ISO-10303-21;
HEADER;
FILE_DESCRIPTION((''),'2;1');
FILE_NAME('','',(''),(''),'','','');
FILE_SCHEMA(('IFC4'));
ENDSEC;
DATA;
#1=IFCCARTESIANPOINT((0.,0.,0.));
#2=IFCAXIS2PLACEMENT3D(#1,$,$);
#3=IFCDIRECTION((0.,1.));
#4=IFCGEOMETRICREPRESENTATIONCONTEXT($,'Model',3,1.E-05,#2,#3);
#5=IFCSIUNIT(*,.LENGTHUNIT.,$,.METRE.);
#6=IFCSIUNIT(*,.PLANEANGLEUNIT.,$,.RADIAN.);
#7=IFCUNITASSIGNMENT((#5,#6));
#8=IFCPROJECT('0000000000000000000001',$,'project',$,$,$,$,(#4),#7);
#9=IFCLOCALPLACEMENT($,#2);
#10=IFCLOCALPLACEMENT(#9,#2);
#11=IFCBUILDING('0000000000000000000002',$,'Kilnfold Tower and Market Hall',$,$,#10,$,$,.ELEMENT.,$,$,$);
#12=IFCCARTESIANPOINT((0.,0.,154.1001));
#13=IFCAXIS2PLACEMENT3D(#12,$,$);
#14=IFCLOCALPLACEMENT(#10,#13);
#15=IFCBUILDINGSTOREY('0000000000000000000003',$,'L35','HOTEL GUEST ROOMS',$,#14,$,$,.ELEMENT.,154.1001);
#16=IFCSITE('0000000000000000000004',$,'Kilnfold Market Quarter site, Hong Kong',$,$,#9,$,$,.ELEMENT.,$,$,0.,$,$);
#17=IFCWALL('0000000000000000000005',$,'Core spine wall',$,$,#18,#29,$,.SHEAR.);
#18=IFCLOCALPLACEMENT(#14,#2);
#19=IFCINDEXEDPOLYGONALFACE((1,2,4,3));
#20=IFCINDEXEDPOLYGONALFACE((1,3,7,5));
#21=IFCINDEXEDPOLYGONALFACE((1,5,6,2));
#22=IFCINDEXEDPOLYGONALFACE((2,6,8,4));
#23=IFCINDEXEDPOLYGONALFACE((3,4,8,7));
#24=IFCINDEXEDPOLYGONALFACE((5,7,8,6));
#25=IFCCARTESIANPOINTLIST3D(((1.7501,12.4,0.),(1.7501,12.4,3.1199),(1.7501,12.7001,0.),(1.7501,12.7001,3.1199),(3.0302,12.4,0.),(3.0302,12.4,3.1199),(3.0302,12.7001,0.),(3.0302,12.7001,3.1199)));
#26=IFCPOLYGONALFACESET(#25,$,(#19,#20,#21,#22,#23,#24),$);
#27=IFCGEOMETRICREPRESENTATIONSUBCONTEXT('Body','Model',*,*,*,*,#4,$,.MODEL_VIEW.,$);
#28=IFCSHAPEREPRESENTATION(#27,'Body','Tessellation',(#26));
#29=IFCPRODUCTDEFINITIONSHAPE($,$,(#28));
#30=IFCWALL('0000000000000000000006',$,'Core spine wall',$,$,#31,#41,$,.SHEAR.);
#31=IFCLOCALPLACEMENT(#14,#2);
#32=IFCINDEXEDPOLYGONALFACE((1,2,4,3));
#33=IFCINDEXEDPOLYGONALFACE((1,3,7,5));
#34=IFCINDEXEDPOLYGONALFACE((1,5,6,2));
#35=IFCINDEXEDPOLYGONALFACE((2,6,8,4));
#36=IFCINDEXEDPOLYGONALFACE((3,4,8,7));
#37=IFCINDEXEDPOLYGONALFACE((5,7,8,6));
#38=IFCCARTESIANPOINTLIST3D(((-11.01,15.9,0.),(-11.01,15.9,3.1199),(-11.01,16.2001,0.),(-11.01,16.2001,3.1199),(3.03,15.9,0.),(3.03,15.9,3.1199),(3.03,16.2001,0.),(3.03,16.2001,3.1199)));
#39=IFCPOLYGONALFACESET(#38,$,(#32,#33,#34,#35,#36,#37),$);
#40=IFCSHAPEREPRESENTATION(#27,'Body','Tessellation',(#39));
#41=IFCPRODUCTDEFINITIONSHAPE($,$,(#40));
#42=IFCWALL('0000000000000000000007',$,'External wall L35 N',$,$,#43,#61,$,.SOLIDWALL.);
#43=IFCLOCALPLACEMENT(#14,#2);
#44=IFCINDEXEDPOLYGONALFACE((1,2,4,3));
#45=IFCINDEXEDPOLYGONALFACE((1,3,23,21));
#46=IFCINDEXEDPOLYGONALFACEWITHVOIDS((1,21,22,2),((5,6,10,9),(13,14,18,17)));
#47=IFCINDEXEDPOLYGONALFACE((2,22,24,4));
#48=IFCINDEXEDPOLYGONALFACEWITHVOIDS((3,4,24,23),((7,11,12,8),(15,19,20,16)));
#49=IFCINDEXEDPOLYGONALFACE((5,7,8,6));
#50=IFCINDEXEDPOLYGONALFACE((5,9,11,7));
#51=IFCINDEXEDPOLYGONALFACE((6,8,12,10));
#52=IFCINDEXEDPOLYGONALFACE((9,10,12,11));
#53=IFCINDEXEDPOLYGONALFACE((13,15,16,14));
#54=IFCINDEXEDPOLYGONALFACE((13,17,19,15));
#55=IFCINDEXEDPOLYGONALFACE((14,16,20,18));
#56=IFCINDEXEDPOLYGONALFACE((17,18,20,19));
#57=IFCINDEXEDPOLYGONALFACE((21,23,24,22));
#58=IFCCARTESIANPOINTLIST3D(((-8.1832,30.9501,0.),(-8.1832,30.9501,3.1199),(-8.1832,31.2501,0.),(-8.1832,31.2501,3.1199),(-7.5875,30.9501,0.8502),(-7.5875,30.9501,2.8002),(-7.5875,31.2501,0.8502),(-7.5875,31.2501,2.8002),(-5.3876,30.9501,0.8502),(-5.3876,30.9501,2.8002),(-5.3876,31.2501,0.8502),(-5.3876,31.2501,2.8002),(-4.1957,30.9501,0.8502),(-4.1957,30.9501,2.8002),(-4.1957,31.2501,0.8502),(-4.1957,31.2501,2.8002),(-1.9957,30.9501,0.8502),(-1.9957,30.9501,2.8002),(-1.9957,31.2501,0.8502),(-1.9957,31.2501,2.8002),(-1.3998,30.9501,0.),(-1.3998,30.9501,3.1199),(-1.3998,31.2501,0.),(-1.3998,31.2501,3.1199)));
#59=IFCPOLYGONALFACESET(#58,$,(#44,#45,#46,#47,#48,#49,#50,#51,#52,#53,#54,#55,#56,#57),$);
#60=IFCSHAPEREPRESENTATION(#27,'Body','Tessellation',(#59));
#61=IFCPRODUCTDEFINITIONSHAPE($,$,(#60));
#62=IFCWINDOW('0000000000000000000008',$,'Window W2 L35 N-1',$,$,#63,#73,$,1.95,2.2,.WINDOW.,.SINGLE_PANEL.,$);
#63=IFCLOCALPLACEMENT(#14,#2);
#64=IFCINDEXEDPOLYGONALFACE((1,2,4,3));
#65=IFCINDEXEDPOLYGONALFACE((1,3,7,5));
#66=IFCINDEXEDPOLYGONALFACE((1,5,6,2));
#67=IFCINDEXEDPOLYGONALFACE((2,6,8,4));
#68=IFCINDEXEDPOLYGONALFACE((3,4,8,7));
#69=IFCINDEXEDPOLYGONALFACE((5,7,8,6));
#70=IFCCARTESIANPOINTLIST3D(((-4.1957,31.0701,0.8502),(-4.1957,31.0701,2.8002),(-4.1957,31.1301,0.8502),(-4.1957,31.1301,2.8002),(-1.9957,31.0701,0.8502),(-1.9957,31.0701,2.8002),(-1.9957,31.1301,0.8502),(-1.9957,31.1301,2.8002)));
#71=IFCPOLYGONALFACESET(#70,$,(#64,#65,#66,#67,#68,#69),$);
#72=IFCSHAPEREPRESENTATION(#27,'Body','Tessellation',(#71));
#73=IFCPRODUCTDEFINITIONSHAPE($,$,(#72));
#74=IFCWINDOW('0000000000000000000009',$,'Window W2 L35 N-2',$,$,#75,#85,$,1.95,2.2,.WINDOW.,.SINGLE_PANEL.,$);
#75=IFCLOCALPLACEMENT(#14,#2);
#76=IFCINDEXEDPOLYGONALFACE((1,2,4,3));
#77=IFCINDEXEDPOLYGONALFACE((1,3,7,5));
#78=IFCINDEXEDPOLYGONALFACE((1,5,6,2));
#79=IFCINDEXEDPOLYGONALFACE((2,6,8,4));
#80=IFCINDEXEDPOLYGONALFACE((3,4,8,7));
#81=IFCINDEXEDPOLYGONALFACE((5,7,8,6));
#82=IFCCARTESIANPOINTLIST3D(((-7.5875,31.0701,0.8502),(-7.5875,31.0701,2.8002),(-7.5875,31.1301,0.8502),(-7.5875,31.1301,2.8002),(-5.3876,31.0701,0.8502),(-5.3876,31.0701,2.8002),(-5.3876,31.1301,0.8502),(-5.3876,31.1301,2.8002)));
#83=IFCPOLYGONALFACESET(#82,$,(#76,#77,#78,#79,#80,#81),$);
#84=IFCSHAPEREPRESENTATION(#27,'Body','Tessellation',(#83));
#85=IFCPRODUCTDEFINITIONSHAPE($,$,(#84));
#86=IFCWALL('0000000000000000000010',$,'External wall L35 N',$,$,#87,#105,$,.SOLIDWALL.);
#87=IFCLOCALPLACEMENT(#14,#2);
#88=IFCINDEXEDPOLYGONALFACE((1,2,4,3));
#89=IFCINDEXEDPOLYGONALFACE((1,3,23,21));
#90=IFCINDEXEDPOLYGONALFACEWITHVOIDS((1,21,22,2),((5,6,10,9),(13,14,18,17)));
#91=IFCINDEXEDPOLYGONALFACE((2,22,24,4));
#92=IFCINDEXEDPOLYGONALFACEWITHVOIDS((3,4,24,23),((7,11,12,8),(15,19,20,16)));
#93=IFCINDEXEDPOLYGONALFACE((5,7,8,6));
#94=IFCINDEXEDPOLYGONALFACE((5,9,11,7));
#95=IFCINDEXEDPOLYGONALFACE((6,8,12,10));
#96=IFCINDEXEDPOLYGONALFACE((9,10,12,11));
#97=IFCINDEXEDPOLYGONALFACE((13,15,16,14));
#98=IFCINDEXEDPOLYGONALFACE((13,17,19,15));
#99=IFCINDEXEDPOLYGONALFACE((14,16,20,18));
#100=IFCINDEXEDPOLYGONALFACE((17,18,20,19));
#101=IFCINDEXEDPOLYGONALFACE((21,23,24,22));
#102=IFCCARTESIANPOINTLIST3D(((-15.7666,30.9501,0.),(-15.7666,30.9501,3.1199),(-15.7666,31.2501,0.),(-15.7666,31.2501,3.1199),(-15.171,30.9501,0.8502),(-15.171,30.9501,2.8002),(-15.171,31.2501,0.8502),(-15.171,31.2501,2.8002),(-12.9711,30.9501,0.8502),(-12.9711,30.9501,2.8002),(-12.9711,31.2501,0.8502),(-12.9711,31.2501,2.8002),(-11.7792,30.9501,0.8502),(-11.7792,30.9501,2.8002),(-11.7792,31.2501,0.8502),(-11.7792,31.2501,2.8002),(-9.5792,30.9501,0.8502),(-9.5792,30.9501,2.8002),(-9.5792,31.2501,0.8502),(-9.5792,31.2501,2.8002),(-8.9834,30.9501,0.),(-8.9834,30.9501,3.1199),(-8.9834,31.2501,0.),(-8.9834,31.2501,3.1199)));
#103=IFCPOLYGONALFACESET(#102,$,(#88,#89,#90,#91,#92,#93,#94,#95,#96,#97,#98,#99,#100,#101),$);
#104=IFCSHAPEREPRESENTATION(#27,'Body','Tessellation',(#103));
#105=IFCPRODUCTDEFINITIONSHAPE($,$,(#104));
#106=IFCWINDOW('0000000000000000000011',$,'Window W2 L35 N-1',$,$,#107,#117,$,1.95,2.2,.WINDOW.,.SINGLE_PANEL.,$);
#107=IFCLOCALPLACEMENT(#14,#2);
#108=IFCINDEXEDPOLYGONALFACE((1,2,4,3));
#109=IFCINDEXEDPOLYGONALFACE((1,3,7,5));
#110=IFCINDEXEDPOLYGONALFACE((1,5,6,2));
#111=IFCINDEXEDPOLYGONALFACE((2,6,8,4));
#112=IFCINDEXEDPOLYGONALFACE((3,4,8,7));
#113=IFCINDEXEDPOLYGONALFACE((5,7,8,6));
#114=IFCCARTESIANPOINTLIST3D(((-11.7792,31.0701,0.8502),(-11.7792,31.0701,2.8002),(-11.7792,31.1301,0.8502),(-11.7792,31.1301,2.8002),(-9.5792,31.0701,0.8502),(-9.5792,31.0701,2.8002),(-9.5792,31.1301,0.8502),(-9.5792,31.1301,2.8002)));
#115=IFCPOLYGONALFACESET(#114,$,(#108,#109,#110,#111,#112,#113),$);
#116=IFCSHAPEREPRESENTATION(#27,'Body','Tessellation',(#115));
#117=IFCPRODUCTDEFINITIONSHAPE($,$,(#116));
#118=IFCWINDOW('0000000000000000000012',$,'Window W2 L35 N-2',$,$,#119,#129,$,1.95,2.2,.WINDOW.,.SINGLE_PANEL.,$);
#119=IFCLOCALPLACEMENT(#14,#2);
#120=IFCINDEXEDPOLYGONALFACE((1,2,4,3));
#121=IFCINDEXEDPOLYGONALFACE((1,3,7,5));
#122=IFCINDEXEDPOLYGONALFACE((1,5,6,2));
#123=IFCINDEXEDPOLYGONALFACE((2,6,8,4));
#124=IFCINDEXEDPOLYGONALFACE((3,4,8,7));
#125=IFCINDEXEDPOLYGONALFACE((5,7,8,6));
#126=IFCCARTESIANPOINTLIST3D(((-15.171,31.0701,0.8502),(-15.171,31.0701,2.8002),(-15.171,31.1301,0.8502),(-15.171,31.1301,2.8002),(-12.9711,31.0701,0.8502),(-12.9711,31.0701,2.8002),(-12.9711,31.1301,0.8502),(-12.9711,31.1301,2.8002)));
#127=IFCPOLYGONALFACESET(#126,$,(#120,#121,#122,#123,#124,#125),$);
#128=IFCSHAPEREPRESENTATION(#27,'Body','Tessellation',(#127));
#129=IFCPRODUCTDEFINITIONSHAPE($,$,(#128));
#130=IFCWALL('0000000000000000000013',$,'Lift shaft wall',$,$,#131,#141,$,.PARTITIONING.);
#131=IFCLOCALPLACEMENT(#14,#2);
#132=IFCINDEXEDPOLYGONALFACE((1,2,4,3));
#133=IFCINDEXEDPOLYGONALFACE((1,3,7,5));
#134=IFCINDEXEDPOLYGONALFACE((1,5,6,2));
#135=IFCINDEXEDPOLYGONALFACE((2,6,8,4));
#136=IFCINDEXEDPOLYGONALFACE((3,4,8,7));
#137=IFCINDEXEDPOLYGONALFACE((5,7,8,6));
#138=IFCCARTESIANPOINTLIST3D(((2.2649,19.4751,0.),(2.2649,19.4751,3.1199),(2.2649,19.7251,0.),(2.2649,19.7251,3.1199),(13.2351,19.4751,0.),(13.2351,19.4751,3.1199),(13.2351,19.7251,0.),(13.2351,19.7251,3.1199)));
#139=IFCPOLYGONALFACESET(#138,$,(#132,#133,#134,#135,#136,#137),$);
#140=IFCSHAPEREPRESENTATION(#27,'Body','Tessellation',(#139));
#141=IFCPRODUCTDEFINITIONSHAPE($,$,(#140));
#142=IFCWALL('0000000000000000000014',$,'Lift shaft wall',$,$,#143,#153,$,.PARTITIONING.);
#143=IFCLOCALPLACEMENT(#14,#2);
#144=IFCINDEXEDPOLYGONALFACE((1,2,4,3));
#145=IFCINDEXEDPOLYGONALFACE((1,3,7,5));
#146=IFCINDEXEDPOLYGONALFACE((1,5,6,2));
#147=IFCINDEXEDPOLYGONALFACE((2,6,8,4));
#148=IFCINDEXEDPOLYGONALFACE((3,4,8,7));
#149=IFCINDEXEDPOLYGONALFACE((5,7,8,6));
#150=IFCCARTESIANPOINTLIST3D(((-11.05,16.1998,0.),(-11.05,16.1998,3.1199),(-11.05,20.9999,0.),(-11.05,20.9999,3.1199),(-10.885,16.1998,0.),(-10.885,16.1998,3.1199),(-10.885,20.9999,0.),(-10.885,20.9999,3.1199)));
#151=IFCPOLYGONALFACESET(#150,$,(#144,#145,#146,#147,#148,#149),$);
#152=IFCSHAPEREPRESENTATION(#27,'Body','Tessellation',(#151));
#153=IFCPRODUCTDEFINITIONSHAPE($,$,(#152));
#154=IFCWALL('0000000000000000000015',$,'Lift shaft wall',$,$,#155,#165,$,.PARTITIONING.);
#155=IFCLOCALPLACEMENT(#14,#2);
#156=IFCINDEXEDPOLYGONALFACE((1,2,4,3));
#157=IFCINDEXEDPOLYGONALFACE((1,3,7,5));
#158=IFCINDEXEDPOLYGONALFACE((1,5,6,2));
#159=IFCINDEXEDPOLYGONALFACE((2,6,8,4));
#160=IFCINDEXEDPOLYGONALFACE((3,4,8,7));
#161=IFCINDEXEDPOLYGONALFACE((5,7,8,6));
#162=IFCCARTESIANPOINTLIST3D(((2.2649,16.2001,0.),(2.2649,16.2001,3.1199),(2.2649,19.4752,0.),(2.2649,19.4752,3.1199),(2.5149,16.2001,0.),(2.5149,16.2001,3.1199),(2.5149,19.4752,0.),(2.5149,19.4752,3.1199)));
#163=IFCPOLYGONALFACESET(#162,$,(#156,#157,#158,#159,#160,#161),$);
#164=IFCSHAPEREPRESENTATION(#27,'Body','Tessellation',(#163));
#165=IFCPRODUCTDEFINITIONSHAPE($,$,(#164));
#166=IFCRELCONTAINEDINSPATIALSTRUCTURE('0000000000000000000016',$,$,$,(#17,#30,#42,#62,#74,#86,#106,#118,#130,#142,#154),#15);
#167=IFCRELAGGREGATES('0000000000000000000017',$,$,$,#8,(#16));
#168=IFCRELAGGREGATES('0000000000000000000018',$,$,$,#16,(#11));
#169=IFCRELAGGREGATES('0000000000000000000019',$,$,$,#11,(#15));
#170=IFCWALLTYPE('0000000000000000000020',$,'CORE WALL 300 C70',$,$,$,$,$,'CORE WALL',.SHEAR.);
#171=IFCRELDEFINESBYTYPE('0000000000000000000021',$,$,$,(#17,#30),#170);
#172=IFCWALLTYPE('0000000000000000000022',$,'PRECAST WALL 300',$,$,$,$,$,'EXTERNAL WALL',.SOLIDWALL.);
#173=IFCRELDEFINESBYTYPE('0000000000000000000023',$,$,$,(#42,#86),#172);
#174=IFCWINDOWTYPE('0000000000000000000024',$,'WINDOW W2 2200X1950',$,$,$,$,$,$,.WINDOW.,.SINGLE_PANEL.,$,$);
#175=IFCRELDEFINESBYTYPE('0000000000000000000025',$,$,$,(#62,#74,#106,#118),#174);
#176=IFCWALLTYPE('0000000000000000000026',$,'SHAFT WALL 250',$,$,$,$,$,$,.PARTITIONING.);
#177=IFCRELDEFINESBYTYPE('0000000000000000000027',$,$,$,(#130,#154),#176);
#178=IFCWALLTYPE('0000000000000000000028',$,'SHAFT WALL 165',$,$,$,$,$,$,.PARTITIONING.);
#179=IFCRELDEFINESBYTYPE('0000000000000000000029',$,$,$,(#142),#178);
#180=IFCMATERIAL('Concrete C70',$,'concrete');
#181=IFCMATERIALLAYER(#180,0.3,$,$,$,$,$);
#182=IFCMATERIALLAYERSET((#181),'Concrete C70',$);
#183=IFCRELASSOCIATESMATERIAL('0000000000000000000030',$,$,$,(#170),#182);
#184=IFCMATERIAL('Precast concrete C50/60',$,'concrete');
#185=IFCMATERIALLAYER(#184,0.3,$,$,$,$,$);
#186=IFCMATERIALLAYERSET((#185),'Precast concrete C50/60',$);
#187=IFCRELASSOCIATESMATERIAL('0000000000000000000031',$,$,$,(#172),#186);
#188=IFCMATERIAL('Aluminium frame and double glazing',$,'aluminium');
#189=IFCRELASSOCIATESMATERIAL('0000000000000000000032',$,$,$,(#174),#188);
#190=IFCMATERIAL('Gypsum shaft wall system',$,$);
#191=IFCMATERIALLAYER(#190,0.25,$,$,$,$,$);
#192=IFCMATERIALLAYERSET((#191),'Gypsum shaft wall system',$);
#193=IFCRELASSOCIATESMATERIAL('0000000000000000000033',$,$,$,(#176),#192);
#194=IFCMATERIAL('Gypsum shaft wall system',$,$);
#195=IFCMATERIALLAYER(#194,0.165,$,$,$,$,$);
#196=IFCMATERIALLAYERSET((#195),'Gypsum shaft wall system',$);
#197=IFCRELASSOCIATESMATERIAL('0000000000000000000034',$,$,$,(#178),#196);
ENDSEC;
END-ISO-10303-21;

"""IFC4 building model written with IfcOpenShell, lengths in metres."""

from ifc_helpers import new_model, si_unit, direction, frame, frame_2d, origin, place, context, subcontext, project, spatial, rectangle, extrude, source, transform, mapped, material, layer, layer_set, type_object, element, fill, save


model = new_model("IFC4")

# Units and contexts
model_context = context("Model", 3, precision=1e-05, world=origin(), true_north=direction((0.0, 1.0)))
body_context = subcontext(model_context, "Body", "Model", "MODEL_VIEW")
ifc_project = project(units=[si_unit("LENGTHUNIT", "METRE"), si_unit("PLANEANGLEUNIT", "RADIAN")], contexts=[model_context])

# Site, building, storey
site_placement = place(None, origin())
site = spatial("IfcSite", under=ifc_project, at=site_placement, Name="Kilnfold Market Quarter site, Hong Kong", CompositionType="ELEMENT", RefElevation=0.0)
building_placement = place(site_placement, origin())
building = spatial("IfcBuilding", under=site, at=building_placement, Name="Kilnfold Tower and Market Hall", CompositionType="ELEMENT")
storey_placement = place(building_placement, frame((0.0, 0.0, 154.1001)))
storey = spatial("IfcBuildingStorey", under=building, at=storey_placement, Name="L35", Description="HOTEL GUEST ROOMS", CompositionType="ELEMENT", Elevation=154.1001)

# Walls
ifc_material_1 = material(Name="Concrete C70", Category="concrete")
ifc_layer_1 = layer(ifc_material_1, 0.3)
ifc_layer_set_1 = layer_set([ifc_layer_1], Name="Concrete C70")
wall_type_1 = type_object("IfcWallType", Name="CORE WALL 300 C70", ElementType="CORE WALL", PredefinedType="SHEAR", material=ifc_layer_set_1)
shared_shape_1 = source(origin(), body_context, "Body", "SweptSolid", [
    extrude(rectangle(XDim=1.28, YDim=0.3, at=frame_2d((0.6401, 0.0))), origin(), (0.0, 0.0, 1.0), 3.1199),
])
wall_1_placement = place(storey_placement, frame((1.75, 12.55, 0.0), z_axis=(0.0, 0.0, 1.0), x_axis=(1.0, 0.0, 0.0)))
element("IfcWall", 1, at=wall_1_placement, inside=storey, type_object=wall_type_1, Name="Core spine wall", PredefinedType="SHEAR", context=body_context, shape_type="MappedRepresentation", body=[
    mapped(shared_shape_1, transform((0.0, 0.0, 0.0))),
])
shared_shape_2 = source(origin(), body_context, "Body", "SweptSolid", [
    extrude(rectangle(XDim=14.04, YDim=0.3, at=frame_2d((7.02, 0.0))), origin(), (0.0, 0.0, 1.0), 3.1199),
])
wall_2_placement = place(storey_placement, frame((-11.01, 16.05, 0.0), z_axis=(0.0, 0.0, 1.0), x_axis=(1.0, 0.0, 0.0)))
element("IfcWall", 2, at=wall_2_placement, inside=storey, type_object=wall_type_1, Name="Core spine wall", PredefinedType="SHEAR", context=body_context, shape_type="MappedRepresentation", body=[
    mapped(shared_shape_2, transform((0.0, 0.0, 0.0))),
])

# Walls, openings, windows
ifc_material_2 = material(Name="Precast concrete C50/60", Category="concrete")
ifc_layer_2 = layer(ifc_material_2, 0.3)
ifc_layer_set_2 = layer_set([ifc_layer_2], Name="Precast concrete C50/60")
wall_type_2 = type_object("IfcWallType", Name="PRECAST WALL 300", ElementType="EXTERNAL WALL", PredefinedType="SOLIDWALL", material=ifc_layer_set_2)
shared_shape_3 = source(origin(), body_context, "Body", "SweptSolid", [
    extrude(rectangle(XDim=6.7834, YDim=0.3, at=frame_2d((3.3916, 0.0))), origin(), (0.0, 0.0, 1.0), 3.1199),
])
wall_3_placement = place(storey_placement, frame((-1.3999, 31.1001, 0.0), z_axis=(0.0, 0.0, 1.0), x_axis=(-1.0, 0.0, 0.0)))
wall_3 = element("IfcWall", 3, at=wall_3_placement, inside=storey, type_object=wall_type_2, Name="External wall L35 N", PredefinedType="SOLIDWALL", context=body_context, shape_type="MappedRepresentation", body=[
    mapped(shared_shape_3, transform((0.0, 0.0, 0.0))),
])
opening_1_placement = place(wall_3_placement, frame((0.5957, 0.0, 0.8501)))
opening_1 = element("IfcOpeningElement", 4, at=opening_1_placement, cuts=wall_3, PredefinedType="OPENING", context=body_context, shape_type="SweptSolid", body=[
    extrude(rectangle(XDim=2.2, YDim=1.95, at=frame_2d((1.1001, 0.9751))), frame((0.0, 0.1602, 0.0), z_axis=(0.0, -1.0, 0.0), x_axis=(1.0, 0.0, 0.0)), (0.0, 0.0, 1.0), 0.3201),
])
opening_2_placement = place(wall_3_placement, frame((3.9875, 0.0, 0.8501)))
opening_2 = element("IfcOpeningElement", 5, at=opening_2_placement, cuts=wall_3, PredefinedType="OPENING", context=body_context, shape_type="SweptSolid", body=[
    extrude(rectangle(XDim=2.2, YDim=1.95, at=frame_2d((1.1001, 0.9751))), frame((0.0, 0.1602, 0.0), z_axis=(0.0, -1.0, 0.0), x_axis=(1.0, 0.0, 0.0)), (0.0, 0.0, 1.0), 0.3201),
])
ifc_material_3 = material(Name="Aluminium frame and double glazing", Category="aluminium")
window_type = type_object("IfcWindowType", Name="WINDOW W2 2200X1950", PartitioningType="SINGLE_PANEL", PredefinedType="WINDOW", material=ifc_material_3)
window_1_placement = place(opening_1_placement, origin())
window_1 = element("IfcWindow", 6, at=window_1_placement, inside=storey, type_object=window_type, Name="Window W2 L35 N-1", OverallHeight=1.95, OverallWidth=2.2, PartitioningType="SINGLE_PANEL", PredefinedType="WINDOW", context=body_context, shape_type="SweptSolid", body=[
    extrude(rectangle(XDim=2.2, YDim=1.95, at=frame_2d((1.1001, 0.9751))), frame((0.0, 0.03, 0.0), z_axis=(0.0, -1.0, 0.0), x_axis=(1.0, 0.0, 0.0)), (0.0, 0.0, 1.0), 0.0601),
])
fill(opening_1, window_1)
window_2_placement = place(opening_2_placement, origin())
window_2 = element("IfcWindow", 7, at=window_2_placement, inside=storey, type_object=window_type, Name="Window W2 L35 N-2", OverallHeight=1.95, OverallWidth=2.2, PartitioningType="SINGLE_PANEL", PredefinedType="WINDOW", context=body_context, shape_type="SweptSolid", body=[
    extrude(rectangle(XDim=2.2, YDim=1.95, at=frame_2d((1.1001, 0.9751))), frame((0.0, 0.03, 0.0), z_axis=(0.0, -1.0, 0.0), x_axis=(1.0, 0.0, 0.0)), (0.0, 0.0, 1.0), 0.0601),
])
fill(opening_2, window_2)
shared_shape_4 = source(origin(), body_context, "Body", "SweptSolid", [
    extrude(rectangle(XDim=6.7832, YDim=0.3, at=frame_2d((3.3916, 0.0))), origin(), (0.0, 0.0, 1.0), 3.1199),
])
wall_4_placement = place(storey_placement, frame((-8.9834, 31.1001, 0.0), z_axis=(0.0, 0.0, 1.0), x_axis=(-1.0, 0.0, 0.0)))
wall_4 = element("IfcWall", 8, at=wall_4_placement, inside=storey, type_object=wall_type_2, Name="External wall L35 N", PredefinedType="SOLIDWALL", context=body_context, shape_type="MappedRepresentation", body=[
    mapped(shared_shape_4, transform((0.0, 0.0, 0.0))),
])
opening_3_placement = place(wall_4_placement, frame((0.5957, 0.0, 0.8501)))
opening_3 = element("IfcOpeningElement", 9, at=opening_3_placement, cuts=wall_4, PredefinedType="OPENING", context=body_context, shape_type="SweptSolid", body=[
    extrude(rectangle(XDim=2.2, YDim=1.95, at=frame_2d((1.1001, 0.9751))), frame((0.0, 0.1602, 0.0), z_axis=(0.0, -1.0, 0.0), x_axis=(1.0, 0.0, 0.0)), (0.0, 0.0, 1.0), 0.3201),
])
opening_4_placement = place(wall_4_placement, frame((3.9875, 0.0, 0.8501)))
opening_4 = element("IfcOpeningElement", 10, at=opening_4_placement, cuts=wall_4, PredefinedType="OPENING", context=body_context, shape_type="SweptSolid", body=[
    extrude(rectangle(XDim=2.2, YDim=1.95, at=frame_2d((1.1001, 0.9751))), frame((0.0, 0.1602, 0.0), z_axis=(0.0, -1.0, 0.0), x_axis=(1.0, 0.0, 0.0)), (0.0, 0.0, 1.0), 0.3201),
])
window_3_placement = place(opening_3_placement, origin())
window_3 = element("IfcWindow", 11, at=window_3_placement, inside=storey, type_object=window_type, Name="Window W2 L35 N-1", OverallHeight=1.95, OverallWidth=2.2, PartitioningType="SINGLE_PANEL", PredefinedType="WINDOW", context=body_context, shape_type="SweptSolid", body=[
    extrude(rectangle(XDim=2.2, YDim=1.95, at=frame_2d((1.1001, 0.9751))), frame((0.0, 0.03, 0.0), z_axis=(0.0, -1.0, 0.0), x_axis=(1.0, 0.0, 0.0)), (0.0, 0.0, 1.0), 0.0601),
])
fill(opening_3, window_3)
window_4_placement = place(opening_4_placement, origin())
window_4 = element("IfcWindow", 12, at=window_4_placement, inside=storey, type_object=window_type, Name="Window W2 L35 N-2", OverallHeight=1.95, OverallWidth=2.2, PartitioningType="SINGLE_PANEL", PredefinedType="WINDOW", context=body_context, shape_type="SweptSolid", body=[
    extrude(rectangle(XDim=2.2, YDim=1.95, at=frame_2d((1.1001, 0.9751))), frame((0.0, 0.03, 0.0), z_axis=(0.0, -1.0, 0.0), x_axis=(1.0, 0.0, 0.0)), (0.0, 0.0, 1.0), 0.0601),
])
fill(opening_4, window_4)

# Walls
ifc_material_4 = material(Name="Gypsum shaft wall system")
ifc_layer_3 = layer(ifc_material_4, 0.25)
ifc_layer_set_3 = layer_set([ifc_layer_3], Name="Gypsum shaft wall system")
wall_type_3 = type_object("IfcWallType", Name="SHAFT WALL 250", PredefinedType="PARTITIONING", material=ifc_layer_set_3)
shared_shape_5 = source(origin(), body_context, "Body", "SweptSolid", [
    extrude(rectangle(XDim=10.9702, YDim=0.25, at=frame_2d((5.4851, 0.0))), origin(), (0.0, 0.0, 1.0), 3.1199),
])
wall_5_placement = place(storey_placement, frame((2.2649, 19.6001, 0.0), z_axis=(0.0, 0.0, 1.0), x_axis=(1.0, 0.0, 0.0)))
element("IfcWall", 13, at=wall_5_placement, inside=storey, type_object=wall_type_3, Name="Lift shaft wall", PredefinedType="PARTITIONING", context=body_context, shape_type="MappedRepresentation", body=[
    mapped(shared_shape_5, transform((0.0, 0.0, 0.0))),
])
ifc_material_5 = material(Name="Gypsum shaft wall system")
ifc_layer_4 = layer(ifc_material_5, 0.165)
ifc_layer_set_4 = layer_set([ifc_layer_4], Name="Gypsum shaft wall system")
wall_type_4 = type_object("IfcWallType", Name="SHAFT WALL 165", PredefinedType="PARTITIONING", material=ifc_layer_set_4)
shared_shape_6 = source(origin(), body_context, "Body", "SweptSolid", [
    extrude(rectangle(XDim=4.8, YDim=0.165, at=frame_2d((2.3999, 0.0))), origin(), (0.0, 0.0, 1.0), 3.1199),
])
wall_6_placement = place(storey_placement, frame((-10.9675, 16.2, 0.0), z_axis=(0.0, 0.0, 1.0), x_axis=(0.0, 1.0, 0.0)))
element("IfcWall", 14, at=wall_6_placement, inside=storey, type_object=wall_type_4, Name="Lift shaft wall", PredefinedType="PARTITIONING", context=body_context, shape_type="MappedRepresentation", body=[
    mapped(shared_shape_6, transform((0.0, 0.0, 0.0))),
])
shared_shape_7 = source(origin(), body_context, "Body", "SweptSolid", [
    extrude(rectangle(XDim=3.2751, YDim=0.25, at=frame_2d((1.6377, 0.0))), origin(), (0.0, 0.0, 1.0), 3.1199),
])
wall_7_placement = place(storey_placement, frame((2.3899, 16.2, 0.0), z_axis=(0.0, 0.0, 1.0), x_axis=(0.0, 1.0, 0.0)))
element("IfcWall", 15, at=wall_7_placement, inside=storey, type_object=wall_type_3, Name="Lift shaft wall", PredefinedType="PARTITIONING", context=body_context, shape_type="MappedRepresentation", body=[
    mapped(shared_shape_7, transform((0.0, 0.0, 0.0))),
])

save(model, "model.ifc")
